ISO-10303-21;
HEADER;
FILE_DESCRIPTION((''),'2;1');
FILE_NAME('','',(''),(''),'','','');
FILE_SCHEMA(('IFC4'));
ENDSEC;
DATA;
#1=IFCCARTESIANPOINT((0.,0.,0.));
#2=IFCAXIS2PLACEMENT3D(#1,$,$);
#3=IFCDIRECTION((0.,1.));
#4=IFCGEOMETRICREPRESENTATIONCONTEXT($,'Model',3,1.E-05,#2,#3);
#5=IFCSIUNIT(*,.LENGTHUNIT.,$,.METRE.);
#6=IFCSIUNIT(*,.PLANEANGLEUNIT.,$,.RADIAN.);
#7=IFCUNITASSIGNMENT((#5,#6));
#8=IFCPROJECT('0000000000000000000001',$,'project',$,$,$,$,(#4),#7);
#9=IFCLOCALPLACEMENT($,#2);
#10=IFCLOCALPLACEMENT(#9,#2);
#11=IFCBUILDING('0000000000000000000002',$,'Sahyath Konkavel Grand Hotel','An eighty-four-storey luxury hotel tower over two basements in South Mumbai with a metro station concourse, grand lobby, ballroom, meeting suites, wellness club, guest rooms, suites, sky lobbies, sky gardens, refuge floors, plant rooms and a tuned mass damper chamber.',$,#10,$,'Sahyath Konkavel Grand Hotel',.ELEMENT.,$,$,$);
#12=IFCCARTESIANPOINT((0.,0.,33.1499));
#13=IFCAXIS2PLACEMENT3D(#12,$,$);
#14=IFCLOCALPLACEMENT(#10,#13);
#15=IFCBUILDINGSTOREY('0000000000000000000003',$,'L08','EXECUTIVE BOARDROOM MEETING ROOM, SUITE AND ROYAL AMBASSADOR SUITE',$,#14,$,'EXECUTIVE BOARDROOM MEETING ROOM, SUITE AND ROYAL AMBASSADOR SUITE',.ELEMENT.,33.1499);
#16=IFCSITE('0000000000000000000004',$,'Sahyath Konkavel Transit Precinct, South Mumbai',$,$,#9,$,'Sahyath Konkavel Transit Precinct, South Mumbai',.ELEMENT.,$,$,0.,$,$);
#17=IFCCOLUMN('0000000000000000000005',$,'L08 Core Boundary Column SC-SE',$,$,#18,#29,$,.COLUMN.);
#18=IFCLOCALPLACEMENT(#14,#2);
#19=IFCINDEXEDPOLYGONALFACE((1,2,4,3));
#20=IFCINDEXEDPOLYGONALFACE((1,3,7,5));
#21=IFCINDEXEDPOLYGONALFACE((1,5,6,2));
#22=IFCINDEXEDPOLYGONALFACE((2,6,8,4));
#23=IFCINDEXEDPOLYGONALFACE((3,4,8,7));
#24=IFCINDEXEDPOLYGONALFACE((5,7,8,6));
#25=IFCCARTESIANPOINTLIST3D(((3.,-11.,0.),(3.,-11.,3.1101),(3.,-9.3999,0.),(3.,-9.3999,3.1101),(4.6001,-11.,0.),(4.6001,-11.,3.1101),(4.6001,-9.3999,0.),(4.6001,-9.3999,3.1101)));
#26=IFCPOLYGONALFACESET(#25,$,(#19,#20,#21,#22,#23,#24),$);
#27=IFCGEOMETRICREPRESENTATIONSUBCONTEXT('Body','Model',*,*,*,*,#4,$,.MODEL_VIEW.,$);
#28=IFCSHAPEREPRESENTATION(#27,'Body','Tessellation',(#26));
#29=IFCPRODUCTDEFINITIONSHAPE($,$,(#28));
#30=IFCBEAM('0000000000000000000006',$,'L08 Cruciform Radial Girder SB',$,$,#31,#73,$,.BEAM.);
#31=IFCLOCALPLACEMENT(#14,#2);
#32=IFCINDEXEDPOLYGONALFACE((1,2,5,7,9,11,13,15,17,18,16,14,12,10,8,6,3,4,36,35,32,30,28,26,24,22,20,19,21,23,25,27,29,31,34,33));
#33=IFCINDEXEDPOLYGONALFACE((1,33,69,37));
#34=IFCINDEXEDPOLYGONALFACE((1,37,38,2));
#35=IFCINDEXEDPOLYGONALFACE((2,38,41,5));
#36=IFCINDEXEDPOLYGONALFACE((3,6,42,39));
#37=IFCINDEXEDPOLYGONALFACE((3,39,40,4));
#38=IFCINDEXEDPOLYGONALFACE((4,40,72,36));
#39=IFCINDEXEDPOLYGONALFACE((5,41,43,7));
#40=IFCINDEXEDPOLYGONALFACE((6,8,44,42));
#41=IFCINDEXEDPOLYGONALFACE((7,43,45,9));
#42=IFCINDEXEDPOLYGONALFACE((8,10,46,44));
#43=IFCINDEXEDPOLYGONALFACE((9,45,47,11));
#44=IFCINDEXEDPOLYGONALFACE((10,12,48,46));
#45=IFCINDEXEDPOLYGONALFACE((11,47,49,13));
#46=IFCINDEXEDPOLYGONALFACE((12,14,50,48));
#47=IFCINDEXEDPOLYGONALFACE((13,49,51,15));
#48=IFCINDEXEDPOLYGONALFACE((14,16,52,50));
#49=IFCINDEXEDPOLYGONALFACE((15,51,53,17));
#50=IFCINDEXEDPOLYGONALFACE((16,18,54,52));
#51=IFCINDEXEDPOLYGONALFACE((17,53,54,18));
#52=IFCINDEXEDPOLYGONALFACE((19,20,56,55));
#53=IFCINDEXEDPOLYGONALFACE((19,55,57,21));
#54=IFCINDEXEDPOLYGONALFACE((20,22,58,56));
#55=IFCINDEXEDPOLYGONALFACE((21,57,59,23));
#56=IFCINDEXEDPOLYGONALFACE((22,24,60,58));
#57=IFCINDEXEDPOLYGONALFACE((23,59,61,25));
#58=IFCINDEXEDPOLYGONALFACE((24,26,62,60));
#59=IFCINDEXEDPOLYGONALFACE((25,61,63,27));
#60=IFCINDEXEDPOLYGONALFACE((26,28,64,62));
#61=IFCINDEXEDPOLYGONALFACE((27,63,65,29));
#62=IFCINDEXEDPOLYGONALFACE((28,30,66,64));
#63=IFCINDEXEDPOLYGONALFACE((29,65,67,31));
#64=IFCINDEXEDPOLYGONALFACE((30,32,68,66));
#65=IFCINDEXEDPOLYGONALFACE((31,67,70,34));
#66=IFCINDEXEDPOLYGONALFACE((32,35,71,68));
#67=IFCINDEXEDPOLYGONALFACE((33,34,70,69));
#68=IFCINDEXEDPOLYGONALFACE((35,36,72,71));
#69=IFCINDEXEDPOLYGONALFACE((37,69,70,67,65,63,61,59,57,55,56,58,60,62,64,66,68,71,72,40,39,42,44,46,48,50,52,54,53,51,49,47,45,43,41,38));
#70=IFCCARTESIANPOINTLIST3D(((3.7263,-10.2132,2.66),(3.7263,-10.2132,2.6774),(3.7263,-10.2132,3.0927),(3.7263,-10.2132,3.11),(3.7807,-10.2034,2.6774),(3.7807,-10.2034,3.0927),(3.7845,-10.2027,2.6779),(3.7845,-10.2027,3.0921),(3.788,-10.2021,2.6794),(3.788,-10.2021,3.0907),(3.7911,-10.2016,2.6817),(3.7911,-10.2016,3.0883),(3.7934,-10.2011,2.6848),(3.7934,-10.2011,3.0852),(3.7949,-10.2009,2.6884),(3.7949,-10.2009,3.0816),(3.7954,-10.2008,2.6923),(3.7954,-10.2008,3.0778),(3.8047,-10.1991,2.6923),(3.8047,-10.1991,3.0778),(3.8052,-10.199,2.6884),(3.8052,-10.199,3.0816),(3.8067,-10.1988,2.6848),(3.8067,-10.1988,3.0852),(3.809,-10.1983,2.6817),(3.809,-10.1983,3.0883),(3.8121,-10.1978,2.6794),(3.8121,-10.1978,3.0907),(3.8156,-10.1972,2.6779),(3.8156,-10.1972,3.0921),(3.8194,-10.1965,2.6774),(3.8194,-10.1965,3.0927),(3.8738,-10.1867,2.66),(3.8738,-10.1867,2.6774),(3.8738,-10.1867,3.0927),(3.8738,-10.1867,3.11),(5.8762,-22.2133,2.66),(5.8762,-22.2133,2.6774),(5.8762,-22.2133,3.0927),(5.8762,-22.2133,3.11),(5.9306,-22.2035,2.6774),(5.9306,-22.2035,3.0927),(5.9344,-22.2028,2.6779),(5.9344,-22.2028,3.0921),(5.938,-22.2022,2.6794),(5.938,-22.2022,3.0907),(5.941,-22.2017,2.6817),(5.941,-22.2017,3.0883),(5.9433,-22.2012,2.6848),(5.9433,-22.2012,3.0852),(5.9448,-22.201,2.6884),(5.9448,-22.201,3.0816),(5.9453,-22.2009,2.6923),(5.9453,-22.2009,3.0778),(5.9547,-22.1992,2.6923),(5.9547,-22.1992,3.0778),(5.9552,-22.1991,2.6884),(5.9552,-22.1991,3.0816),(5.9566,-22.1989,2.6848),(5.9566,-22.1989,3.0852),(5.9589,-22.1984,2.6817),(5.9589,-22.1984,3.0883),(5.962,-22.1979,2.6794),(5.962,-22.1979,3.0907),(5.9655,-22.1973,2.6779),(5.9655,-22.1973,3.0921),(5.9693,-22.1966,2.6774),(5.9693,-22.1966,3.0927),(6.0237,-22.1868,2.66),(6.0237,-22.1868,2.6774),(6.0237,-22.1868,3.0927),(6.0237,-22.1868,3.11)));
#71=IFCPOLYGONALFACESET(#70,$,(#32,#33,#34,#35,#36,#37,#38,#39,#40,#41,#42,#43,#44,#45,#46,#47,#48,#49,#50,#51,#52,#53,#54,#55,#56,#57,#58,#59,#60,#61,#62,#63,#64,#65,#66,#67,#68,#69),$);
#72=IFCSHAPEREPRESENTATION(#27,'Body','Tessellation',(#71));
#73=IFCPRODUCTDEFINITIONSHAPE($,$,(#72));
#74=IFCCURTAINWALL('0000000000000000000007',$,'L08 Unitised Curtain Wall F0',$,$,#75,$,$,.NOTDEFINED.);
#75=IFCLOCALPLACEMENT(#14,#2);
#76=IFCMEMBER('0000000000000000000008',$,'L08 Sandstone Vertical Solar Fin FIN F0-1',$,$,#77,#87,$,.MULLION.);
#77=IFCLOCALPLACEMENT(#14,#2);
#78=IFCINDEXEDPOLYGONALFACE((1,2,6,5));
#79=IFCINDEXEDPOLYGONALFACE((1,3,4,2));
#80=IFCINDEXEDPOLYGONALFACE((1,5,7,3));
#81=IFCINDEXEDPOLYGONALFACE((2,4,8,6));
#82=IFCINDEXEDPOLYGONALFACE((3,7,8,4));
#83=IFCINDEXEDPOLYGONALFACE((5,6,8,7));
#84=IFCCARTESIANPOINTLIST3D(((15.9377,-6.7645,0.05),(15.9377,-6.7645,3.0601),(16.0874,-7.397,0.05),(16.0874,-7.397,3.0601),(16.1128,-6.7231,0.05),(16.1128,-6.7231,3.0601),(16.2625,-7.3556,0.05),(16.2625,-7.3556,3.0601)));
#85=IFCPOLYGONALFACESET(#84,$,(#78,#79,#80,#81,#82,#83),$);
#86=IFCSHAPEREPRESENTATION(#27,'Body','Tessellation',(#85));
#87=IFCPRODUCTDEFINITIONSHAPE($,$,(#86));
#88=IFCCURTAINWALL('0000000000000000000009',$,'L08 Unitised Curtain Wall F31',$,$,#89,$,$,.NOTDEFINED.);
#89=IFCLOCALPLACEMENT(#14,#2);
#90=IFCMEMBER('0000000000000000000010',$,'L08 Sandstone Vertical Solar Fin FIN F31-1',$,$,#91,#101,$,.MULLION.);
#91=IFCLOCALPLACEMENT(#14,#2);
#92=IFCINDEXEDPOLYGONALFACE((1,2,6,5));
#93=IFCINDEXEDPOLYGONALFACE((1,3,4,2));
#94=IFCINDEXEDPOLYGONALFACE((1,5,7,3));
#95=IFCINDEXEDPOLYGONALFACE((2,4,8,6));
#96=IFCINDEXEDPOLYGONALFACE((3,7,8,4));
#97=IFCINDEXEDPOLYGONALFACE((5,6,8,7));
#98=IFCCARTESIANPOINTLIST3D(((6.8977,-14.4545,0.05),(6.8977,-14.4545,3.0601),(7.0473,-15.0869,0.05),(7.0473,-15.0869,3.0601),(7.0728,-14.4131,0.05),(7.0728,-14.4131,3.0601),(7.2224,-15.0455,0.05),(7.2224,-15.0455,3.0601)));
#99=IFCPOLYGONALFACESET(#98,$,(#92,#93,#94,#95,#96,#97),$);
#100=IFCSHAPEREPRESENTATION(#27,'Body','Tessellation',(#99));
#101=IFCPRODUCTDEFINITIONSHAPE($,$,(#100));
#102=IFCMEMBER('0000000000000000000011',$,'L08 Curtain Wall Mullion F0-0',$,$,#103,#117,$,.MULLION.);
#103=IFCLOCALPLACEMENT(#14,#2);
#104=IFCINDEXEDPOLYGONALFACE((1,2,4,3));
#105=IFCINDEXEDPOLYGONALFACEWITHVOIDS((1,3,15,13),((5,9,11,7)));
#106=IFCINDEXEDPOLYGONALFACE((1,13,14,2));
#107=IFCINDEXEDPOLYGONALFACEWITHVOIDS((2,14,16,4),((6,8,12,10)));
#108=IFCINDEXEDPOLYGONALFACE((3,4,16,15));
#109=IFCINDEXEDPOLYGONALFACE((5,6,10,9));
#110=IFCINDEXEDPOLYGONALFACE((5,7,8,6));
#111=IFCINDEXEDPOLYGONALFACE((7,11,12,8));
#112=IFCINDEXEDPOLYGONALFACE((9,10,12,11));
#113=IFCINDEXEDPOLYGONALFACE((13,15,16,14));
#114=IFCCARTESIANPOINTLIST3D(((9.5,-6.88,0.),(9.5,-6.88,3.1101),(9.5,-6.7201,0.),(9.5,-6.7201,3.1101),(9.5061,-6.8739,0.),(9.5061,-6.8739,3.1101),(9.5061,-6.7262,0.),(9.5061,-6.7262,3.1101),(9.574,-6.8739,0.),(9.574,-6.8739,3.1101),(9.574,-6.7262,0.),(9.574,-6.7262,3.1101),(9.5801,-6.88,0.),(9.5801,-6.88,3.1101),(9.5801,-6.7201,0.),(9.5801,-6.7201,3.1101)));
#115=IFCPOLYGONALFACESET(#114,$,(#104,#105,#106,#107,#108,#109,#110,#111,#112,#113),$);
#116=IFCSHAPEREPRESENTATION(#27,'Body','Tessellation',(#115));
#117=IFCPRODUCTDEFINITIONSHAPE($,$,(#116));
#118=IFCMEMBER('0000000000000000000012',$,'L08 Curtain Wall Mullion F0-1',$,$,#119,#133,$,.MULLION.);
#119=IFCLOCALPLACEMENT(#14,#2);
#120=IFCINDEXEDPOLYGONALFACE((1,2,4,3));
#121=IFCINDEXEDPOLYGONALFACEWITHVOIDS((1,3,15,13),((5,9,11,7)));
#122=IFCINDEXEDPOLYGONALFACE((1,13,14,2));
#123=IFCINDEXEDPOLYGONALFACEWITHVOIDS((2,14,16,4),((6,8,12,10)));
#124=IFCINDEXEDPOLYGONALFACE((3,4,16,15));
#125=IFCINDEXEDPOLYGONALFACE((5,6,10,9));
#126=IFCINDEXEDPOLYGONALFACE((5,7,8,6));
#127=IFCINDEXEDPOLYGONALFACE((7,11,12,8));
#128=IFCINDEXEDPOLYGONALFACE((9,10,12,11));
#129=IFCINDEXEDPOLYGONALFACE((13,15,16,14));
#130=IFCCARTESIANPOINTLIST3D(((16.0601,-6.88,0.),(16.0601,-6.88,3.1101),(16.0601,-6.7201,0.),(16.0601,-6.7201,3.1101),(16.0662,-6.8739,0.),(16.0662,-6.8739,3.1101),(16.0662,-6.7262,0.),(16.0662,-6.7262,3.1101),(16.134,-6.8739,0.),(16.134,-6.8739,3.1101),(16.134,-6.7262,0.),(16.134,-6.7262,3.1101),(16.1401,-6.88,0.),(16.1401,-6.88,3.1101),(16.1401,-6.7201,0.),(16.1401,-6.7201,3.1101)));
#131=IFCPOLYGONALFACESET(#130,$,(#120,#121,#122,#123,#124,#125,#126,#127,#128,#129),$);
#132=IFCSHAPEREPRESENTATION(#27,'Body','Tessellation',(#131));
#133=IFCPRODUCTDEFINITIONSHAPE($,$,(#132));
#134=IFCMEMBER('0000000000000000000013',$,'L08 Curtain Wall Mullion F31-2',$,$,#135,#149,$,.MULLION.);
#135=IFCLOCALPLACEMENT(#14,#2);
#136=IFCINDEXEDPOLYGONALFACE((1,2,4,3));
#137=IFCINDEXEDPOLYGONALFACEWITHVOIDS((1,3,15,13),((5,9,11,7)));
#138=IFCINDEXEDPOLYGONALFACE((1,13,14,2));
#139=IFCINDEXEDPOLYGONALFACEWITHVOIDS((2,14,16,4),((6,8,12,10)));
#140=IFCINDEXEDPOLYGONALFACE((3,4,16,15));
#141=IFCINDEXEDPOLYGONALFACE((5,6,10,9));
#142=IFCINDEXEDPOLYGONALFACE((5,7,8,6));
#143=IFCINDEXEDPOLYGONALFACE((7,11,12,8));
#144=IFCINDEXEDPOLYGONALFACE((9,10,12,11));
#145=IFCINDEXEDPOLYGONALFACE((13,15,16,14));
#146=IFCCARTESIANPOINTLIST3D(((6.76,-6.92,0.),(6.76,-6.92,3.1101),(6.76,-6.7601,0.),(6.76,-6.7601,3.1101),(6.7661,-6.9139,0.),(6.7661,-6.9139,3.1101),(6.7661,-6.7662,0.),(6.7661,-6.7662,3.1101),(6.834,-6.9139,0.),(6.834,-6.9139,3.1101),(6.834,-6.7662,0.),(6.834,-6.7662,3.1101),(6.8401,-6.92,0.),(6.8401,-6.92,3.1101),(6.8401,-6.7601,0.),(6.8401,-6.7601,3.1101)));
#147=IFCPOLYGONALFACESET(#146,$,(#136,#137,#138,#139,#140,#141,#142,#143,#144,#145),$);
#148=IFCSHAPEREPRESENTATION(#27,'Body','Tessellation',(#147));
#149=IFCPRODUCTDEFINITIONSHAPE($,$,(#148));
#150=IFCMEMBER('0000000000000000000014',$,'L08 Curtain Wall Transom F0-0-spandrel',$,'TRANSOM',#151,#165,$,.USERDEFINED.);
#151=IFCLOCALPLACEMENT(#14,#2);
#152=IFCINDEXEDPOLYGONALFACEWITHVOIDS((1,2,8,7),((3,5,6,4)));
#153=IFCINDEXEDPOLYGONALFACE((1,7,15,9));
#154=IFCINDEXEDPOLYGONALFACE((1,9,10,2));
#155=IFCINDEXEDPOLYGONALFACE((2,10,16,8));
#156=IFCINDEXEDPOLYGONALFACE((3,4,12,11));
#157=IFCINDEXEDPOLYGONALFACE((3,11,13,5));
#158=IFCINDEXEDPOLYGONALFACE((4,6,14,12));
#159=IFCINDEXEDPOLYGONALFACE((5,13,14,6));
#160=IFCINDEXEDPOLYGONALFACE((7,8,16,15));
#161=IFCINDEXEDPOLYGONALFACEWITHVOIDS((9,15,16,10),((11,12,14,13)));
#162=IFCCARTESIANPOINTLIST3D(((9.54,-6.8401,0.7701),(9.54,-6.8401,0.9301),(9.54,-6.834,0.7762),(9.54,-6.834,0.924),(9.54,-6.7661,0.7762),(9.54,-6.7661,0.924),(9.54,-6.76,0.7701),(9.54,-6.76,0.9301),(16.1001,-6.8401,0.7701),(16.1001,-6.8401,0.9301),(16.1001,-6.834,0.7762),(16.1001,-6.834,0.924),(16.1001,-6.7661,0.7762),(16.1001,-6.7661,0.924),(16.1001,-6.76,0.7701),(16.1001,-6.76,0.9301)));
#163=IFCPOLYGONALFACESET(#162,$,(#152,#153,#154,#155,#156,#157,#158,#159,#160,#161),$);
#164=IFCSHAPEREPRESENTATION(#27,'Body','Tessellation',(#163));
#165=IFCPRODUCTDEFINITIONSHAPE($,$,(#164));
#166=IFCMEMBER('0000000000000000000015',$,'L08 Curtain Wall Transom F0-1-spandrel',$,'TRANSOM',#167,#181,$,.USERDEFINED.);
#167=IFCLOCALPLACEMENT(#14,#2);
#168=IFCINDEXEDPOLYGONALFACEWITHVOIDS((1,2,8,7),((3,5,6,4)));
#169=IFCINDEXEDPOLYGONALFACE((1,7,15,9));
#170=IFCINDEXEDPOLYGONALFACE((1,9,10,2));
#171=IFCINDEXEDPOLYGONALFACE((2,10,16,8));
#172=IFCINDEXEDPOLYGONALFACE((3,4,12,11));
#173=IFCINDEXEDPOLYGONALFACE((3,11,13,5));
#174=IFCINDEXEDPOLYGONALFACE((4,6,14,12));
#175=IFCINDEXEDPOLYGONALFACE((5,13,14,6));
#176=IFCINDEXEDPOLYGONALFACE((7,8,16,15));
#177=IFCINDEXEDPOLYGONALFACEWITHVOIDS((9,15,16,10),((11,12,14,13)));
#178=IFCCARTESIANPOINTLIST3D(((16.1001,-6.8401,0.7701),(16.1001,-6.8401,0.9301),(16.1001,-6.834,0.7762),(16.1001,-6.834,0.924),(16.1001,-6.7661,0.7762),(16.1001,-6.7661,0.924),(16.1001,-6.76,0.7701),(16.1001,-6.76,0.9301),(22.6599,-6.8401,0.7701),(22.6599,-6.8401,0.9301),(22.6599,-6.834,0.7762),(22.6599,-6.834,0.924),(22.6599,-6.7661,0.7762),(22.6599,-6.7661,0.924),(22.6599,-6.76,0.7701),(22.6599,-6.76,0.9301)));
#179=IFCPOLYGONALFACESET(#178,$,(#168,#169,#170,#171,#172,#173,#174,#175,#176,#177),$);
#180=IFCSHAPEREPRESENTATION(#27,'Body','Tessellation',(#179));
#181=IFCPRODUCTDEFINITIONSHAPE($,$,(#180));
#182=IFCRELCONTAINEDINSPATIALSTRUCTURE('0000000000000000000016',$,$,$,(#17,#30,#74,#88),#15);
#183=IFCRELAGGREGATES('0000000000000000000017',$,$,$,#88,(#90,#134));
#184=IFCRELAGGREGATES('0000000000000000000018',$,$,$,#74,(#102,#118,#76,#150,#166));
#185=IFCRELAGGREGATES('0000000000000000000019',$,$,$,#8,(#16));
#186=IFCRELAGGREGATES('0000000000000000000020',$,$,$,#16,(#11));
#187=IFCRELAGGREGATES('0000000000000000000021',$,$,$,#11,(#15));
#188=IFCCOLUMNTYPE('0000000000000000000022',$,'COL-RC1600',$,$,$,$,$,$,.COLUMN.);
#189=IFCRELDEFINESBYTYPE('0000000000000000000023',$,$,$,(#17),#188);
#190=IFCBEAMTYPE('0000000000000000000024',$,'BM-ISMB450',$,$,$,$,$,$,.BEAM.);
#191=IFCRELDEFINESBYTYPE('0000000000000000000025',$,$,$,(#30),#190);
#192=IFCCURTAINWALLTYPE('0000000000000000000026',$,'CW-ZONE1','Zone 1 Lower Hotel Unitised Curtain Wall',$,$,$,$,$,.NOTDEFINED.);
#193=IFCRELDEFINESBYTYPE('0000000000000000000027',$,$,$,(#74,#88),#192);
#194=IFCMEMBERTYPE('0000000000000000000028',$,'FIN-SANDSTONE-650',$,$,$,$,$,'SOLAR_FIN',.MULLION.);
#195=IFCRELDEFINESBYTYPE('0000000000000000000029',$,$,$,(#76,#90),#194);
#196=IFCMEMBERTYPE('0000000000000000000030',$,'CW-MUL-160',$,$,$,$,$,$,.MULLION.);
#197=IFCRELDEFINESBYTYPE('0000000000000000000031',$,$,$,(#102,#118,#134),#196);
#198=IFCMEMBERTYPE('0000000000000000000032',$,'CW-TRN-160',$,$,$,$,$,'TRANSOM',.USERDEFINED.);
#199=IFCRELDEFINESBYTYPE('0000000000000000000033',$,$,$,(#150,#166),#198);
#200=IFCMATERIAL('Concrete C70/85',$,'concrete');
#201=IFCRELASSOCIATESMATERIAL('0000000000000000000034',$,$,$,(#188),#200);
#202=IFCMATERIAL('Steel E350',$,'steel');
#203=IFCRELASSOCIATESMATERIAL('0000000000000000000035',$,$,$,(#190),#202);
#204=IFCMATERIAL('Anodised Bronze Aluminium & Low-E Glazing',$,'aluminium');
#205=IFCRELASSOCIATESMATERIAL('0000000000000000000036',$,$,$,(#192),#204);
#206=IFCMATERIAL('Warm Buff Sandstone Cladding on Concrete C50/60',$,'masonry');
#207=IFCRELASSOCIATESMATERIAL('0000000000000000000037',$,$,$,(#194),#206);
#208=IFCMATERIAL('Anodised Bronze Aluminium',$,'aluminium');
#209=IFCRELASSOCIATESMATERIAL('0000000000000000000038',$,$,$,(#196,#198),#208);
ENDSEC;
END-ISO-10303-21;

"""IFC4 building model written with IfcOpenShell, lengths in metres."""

from ifc_helpers import new_model, si_unit, direction, frame, origin, origin_2d, place, context, subcontext, project, spatial, rectangle, hollow_rectangle, i_section, extrude, source, transform, mapped, material, material_profile, profile_set, type_object, element, aggregate, save


model = new_model("IFC4")

# Units and contexts
model_context = context("Model", 3, precision=1e-05, world=origin(), true_north=direction((0.0, 1.0)))
body_context = subcontext(model_context, "Body", "Model", "MODEL_VIEW")
ifc_project = project(units=[si_unit("LENGTHUNIT", "METRE"), si_unit("PLANEANGLEUNIT", "RADIAN")], contexts=[model_context])

# Site, building, storey
site_placement = place(None, origin())
site = spatial("IfcSite", under=ifc_project, at=site_placement, Name="Sahyath Konkavel Transit Precinct, South Mumbai", LongName="Sahyath Konkavel Transit Precinct, South Mumbai", CompositionType="ELEMENT", RefElevation=0.0)
building_placement = place(site_placement, origin())
building = spatial("IfcBuilding", under=site, at=building_placement, Name="Sahyath Konkavel Grand Hotel", Description="An eighty-four-storey luxury hotel tower over two basements in South Mumbai with a metro station concourse, grand lobby, ballroom, meeting suites, wellness club, guest rooms, suites, sky lobbies, sky gardens, refuge floors, plant rooms and a tuned mass damper chamber.", LongName="Sahyath Konkavel Grand Hotel", CompositionType="ELEMENT")
storey_placement = place(building_placement, frame((0.0, 0.0, 33.1499)))
storey = spatial("IfcBuildingStorey", under=building, at=storey_placement, Name="L08", Description="EXECUTIVE BOARDROOM MEETING ROOM, SUITE AND ROYAL AMBASSADOR SUITE", LongName="EXECUTIVE BOARDROOM MEETING ROOM, SUITE AND ROYAL AMBASSADOR SUITE", CompositionType="ELEMENT", Elevation=33.1499)

# Column
ifc_material_1 = material(Name="Concrete C70/85", Category="concrete")
ifc_material_profile_1 = material_profile(ifc_material_1, rectangle(XDim=1.6001, YDim=1.6001, at=origin_2d()), Name="RC 1600x1600")
ifc_profile_set_1 = profile_set([ifc_material_profile_1], Name="Concrete C70/85")
column_type = type_object("IfcColumnType", Name="COL-RC1600", PredefinedType="COLUMN", material=ifc_profile_set_1)
shared_shape_1 = source(origin(), body_context, "Body", "SweptSolid", [
    extrude(rectangle(XDim=1.6001, YDim=1.6001, at=origin_2d()), origin(), (0.0, 0.0, 1.0), 3.1101),
])
column_placement = place(storey_placement, frame((3.8, -10.2, 0.0), z_axis=(0.0, 0.0, 1.0), x_axis=(1.0, 0.0, 0.0)))
element("IfcColumn", 1, at=column_placement, inside=storey, type_object=column_type, Name="L08 Core Boundary Column SC-SE", PredefinedType="COLUMN", context=body_context, shape_type="MappedRepresentation", body=[
    mapped(shared_shape_1, transform((0.0, 0.0, 0.0), scale=1.0)),
])

# Beam
ifc_material_2 = material(Name="Steel E350", Category="steel")
ifc_material_profile_2 = material_profile(ifc_material_2, i_section(OverallWidth=0.1499, OverallDepth=0.45, WebThickness=0.0095, FlangeThickness=0.0173, FilletRadius=0.0149, at=origin_2d()), Name="ISMB 450")
ifc_profile_set_2 = profile_set([ifc_material_profile_2], Name="Steel E350")
beam_type_1 = type_object("IfcBeamType", Name="BM-ISMB450", PredefinedType="BEAM", material=ifc_profile_set_2)
shared_shape_2 = source(origin(), body_context, "Body", "SweptSolid", [
    extrude(i_section(OverallWidth=0.1499, OverallDepth=0.45, WebThickness=0.0095, FlangeThickness=0.0173, FilletRadius=0.0149, at=origin_2d()), origin(), (0.0, 0.0, 1.0), 12.1912),
])
beam_1_placement = place(storey_placement, frame((3.8, -10.2, 2.885), z_axis=(0.176351, -0.984327, 0.0), x_axis=(0.984327, 0.176351, 0.0)))
element("IfcBeam", 2, at=beam_1_placement, inside=storey, type_object=beam_type_1, Name="L08 Cruciform Radial Girder SB", PredefinedType="BEAM", context=body_context, shape_type="MappedRepresentation", body=[
    mapped(shared_shape_2, transform((0.0, 0.0, 0.0), scale=1.0)),
])

# Curtain walls, members
ifc_material_3 = material(Name="Anodised Bronze Aluminium & Low-E Glazing", Category="aluminium")
curtain_wall_type = type_object("IfcCurtainWallType", Name="CW-ZONE1", Description="Zone 1 Lower Hotel Unitised Curtain Wall", PredefinedType="NOTDEFINED", material=ifc_material_3)
curtain_wall_1_placement = place(storey_placement, origin())
curtain_wall_1 = element("IfcCurtainWall", 3, at=curtain_wall_1_placement, inside=storey, type_object=curtain_wall_type, Name="L08 Unitised Curtain Wall F0", PredefinedType="NOTDEFINED")
ifc_material_4 = material(Name="Warm Buff Sandstone Cladding on Concrete C50/60", Category="masonry")
ifc_material_profile_3 = material_profile(ifc_material_4, rectangle(XDim=0.1799, YDim=0.6499, at=origin_2d()), Name="FIN 180x650")
ifc_profile_set_3 = profile_set([ifc_material_profile_3], Name="Warm Buff Sandstone Cladding on Concrete C50/60")
member_type_1 = type_object("IfcMemberType", Name="FIN-SANDSTONE-650", ElementType="SOLAR_FIN", PredefinedType="MULLION", material=ifc_profile_set_3)
shared_shape_3 = source(origin(), body_context, "Body", "SweptSolid", [
    extrude(rectangle(XDim=0.1799, YDim=0.6499, at=origin_2d()), origin(), (0.0, 0.0, 1.0), 3.01),
])
member_1_placement = place(storey_placement, frame((16.1001, -7.0601, 0.05), z_axis=(0.0, 0.0, 1.0), x_axis=(0.973139, 0.23022, 0.0)))
member_1 = element("IfcMember", 4, at=member_1_placement, type_object=member_type_1, Name="L08 Sandstone Vertical Solar Fin FIN F0-1", PredefinedType="MULLION", context=body_context, shape_type="MappedRepresentation", body=[
    mapped(shared_shape_3, transform((0.0, 0.0, 0.0), scale=1.0)),
])
curtain_wall_2_placement = place(storey_placement, origin())
curtain_wall_2 = element("IfcCurtainWall", 5, at=curtain_wall_2_placement, inside=storey, type_object=curtain_wall_type, Name="L08 Unitised Curtain Wall F31", PredefinedType="NOTDEFINED")
member_2_placement = place(storey_placement, frame((7.0601, -14.75, 0.05), z_axis=(0.0, 0.0, 1.0), x_axis=(0.973139, 0.23022, 0.0)))
member_2 = element("IfcMember", 6, at=member_2_placement, type_object=member_type_1, Name="L08 Sandstone Vertical Solar Fin FIN F31-1", PredefinedType="MULLION", context=body_context, shape_type="MappedRepresentation", body=[
    mapped(shared_shape_3, transform((0.0, 0.0, 0.0), scale=1.0)),
])

# Members
ifc_material_5 = material(Name="Anodised Bronze Aluminium", Category="aluminium")
ifc_material_profile_4 = material_profile(ifc_material_5, hollow_rectangle(XDim=0.0801, YDim=0.1599, WallThickness=0.0061, at=origin_2d()), Name="RHS 160x80x6")
ifc_profile_set_4 = profile_set([ifc_material_profile_4], Name="Anodised Bronze Aluminium")
member_type_2 = type_object("IfcMemberType", Name="CW-MUL-160", PredefinedType="MULLION", material=ifc_profile_set_4)
shared_shape_4 = source(origin(), body_context, "Body", "SweptSolid", [
    extrude(hollow_rectangle(XDim=0.0801, YDim=0.1599, WallThickness=0.0061, at=origin_2d()), origin(), (0.0, 0.0, 1.0), 3.1101),
])
member_3_placement = place(storey_placement, frame((9.54, -6.8, 0.0), z_axis=(0.0, 0.0, 1.0), x_axis=(1.0, 0.0, 0.0)))
member_3 = element("IfcMember", 7, at=member_3_placement, type_object=member_type_2, Name="L08 Curtain Wall Mullion F0-0", PredefinedType="MULLION", context=body_context, shape_type="MappedRepresentation", body=[
    mapped(shared_shape_4, transform((0.0, 0.0, 0.0), scale=1.0)),
])
member_4_placement = place(storey_placement, frame((16.1001, -6.8, 0.0), z_axis=(0.0, 0.0, 1.0), x_axis=(1.0, 0.0, 0.0)))
member_4 = element("IfcMember", 8, at=member_4_placement, type_object=member_type_2, Name="L08 Curtain Wall Mullion F0-1", PredefinedType="MULLION", context=body_context, shape_type="MappedRepresentation", body=[
    mapped(shared_shape_4, transform((0.0, 0.0, 0.0), scale=1.0)),
])
member_5_placement = place(storey_placement, frame((6.8, -6.8401, 0.0), z_axis=(0.0, 0.0, 1.0), x_axis=(1.0, 0.0, 0.0)))
member_5 = element("IfcMember", 9, at=member_5_placement, type_object=member_type_2, Name="L08 Curtain Wall Mullion F31-2", PredefinedType="MULLION", context=body_context, shape_type="MappedRepresentation", body=[
    mapped(shared_shape_4, transform((0.0, 0.0, 0.0), scale=1.0)),
])
ifc_material_profile_5 = material_profile(ifc_material_5, hollow_rectangle(XDim=0.0801, YDim=0.1599, WallThickness=0.0061, at=origin_2d()), Name="RHS 160x80x6")
ifc_profile_set_5 = profile_set([ifc_material_profile_5], Name="Anodised Bronze Aluminium")
member_type_3 = type_object("IfcMemberType", Name="CW-TRN-160", ElementType="TRANSOM", PredefinedType="USERDEFINED", material=ifc_profile_set_5)
shared_shape_5 = source(origin(), body_context, "Body", "SweptSolid", [
    extrude(hollow_rectangle(XDim=0.0801, YDim=0.1599, WallThickness=0.0061, at=origin_2d()), origin(), (0.0, 0.0, 1.0), 6.5601),
])
member_6_placement = place(storey_placement, frame((9.54, -6.8, 0.8501), z_axis=(1.0, 0.0, 0.0), x_axis=(0.0, 1.0, 0.0)))
member_6 = element("IfcMember", 10, at=member_6_placement, type_object=member_type_3, Name="L08 Curtain Wall Transom F0-0-spandrel", ObjectType="TRANSOM", PredefinedType="USERDEFINED", context=body_context, shape_type="MappedRepresentation", body=[
    mapped(shared_shape_5, transform((0.0, 0.0, 0.0), scale=1.0)),
])
shared_shape_6 = source(origin(), body_context, "Body", "SweptSolid", [
    extrude(hollow_rectangle(XDim=0.0801, YDim=0.1599, WallThickness=0.0061, at=origin_2d()), origin(), (0.0, 0.0, 1.0), 6.5598),
])
member_7_placement = place(storey_placement, frame((16.1001, -6.8, 0.8501), z_axis=(1.0, 0.0, 0.0), x_axis=(0.0, 1.0, 0.0)))
member_7 = element("IfcMember", 11, at=member_7_placement, type_object=member_type_3, Name="L08 Curtain Wall Transom F0-1-spandrel", ObjectType="TRANSOM", PredefinedType="USERDEFINED", context=body_context, shape_type="MappedRepresentation", body=[
    mapped(shared_shape_6, transform((0.0, 0.0, 0.0), scale=1.0)),
])

aggregate(curtain_wall_2, [member_2, member_5])
aggregate(curtain_wall_1, [member_3, member_4, member_1, member_6, member_7])

save(model, "model.ifc")
